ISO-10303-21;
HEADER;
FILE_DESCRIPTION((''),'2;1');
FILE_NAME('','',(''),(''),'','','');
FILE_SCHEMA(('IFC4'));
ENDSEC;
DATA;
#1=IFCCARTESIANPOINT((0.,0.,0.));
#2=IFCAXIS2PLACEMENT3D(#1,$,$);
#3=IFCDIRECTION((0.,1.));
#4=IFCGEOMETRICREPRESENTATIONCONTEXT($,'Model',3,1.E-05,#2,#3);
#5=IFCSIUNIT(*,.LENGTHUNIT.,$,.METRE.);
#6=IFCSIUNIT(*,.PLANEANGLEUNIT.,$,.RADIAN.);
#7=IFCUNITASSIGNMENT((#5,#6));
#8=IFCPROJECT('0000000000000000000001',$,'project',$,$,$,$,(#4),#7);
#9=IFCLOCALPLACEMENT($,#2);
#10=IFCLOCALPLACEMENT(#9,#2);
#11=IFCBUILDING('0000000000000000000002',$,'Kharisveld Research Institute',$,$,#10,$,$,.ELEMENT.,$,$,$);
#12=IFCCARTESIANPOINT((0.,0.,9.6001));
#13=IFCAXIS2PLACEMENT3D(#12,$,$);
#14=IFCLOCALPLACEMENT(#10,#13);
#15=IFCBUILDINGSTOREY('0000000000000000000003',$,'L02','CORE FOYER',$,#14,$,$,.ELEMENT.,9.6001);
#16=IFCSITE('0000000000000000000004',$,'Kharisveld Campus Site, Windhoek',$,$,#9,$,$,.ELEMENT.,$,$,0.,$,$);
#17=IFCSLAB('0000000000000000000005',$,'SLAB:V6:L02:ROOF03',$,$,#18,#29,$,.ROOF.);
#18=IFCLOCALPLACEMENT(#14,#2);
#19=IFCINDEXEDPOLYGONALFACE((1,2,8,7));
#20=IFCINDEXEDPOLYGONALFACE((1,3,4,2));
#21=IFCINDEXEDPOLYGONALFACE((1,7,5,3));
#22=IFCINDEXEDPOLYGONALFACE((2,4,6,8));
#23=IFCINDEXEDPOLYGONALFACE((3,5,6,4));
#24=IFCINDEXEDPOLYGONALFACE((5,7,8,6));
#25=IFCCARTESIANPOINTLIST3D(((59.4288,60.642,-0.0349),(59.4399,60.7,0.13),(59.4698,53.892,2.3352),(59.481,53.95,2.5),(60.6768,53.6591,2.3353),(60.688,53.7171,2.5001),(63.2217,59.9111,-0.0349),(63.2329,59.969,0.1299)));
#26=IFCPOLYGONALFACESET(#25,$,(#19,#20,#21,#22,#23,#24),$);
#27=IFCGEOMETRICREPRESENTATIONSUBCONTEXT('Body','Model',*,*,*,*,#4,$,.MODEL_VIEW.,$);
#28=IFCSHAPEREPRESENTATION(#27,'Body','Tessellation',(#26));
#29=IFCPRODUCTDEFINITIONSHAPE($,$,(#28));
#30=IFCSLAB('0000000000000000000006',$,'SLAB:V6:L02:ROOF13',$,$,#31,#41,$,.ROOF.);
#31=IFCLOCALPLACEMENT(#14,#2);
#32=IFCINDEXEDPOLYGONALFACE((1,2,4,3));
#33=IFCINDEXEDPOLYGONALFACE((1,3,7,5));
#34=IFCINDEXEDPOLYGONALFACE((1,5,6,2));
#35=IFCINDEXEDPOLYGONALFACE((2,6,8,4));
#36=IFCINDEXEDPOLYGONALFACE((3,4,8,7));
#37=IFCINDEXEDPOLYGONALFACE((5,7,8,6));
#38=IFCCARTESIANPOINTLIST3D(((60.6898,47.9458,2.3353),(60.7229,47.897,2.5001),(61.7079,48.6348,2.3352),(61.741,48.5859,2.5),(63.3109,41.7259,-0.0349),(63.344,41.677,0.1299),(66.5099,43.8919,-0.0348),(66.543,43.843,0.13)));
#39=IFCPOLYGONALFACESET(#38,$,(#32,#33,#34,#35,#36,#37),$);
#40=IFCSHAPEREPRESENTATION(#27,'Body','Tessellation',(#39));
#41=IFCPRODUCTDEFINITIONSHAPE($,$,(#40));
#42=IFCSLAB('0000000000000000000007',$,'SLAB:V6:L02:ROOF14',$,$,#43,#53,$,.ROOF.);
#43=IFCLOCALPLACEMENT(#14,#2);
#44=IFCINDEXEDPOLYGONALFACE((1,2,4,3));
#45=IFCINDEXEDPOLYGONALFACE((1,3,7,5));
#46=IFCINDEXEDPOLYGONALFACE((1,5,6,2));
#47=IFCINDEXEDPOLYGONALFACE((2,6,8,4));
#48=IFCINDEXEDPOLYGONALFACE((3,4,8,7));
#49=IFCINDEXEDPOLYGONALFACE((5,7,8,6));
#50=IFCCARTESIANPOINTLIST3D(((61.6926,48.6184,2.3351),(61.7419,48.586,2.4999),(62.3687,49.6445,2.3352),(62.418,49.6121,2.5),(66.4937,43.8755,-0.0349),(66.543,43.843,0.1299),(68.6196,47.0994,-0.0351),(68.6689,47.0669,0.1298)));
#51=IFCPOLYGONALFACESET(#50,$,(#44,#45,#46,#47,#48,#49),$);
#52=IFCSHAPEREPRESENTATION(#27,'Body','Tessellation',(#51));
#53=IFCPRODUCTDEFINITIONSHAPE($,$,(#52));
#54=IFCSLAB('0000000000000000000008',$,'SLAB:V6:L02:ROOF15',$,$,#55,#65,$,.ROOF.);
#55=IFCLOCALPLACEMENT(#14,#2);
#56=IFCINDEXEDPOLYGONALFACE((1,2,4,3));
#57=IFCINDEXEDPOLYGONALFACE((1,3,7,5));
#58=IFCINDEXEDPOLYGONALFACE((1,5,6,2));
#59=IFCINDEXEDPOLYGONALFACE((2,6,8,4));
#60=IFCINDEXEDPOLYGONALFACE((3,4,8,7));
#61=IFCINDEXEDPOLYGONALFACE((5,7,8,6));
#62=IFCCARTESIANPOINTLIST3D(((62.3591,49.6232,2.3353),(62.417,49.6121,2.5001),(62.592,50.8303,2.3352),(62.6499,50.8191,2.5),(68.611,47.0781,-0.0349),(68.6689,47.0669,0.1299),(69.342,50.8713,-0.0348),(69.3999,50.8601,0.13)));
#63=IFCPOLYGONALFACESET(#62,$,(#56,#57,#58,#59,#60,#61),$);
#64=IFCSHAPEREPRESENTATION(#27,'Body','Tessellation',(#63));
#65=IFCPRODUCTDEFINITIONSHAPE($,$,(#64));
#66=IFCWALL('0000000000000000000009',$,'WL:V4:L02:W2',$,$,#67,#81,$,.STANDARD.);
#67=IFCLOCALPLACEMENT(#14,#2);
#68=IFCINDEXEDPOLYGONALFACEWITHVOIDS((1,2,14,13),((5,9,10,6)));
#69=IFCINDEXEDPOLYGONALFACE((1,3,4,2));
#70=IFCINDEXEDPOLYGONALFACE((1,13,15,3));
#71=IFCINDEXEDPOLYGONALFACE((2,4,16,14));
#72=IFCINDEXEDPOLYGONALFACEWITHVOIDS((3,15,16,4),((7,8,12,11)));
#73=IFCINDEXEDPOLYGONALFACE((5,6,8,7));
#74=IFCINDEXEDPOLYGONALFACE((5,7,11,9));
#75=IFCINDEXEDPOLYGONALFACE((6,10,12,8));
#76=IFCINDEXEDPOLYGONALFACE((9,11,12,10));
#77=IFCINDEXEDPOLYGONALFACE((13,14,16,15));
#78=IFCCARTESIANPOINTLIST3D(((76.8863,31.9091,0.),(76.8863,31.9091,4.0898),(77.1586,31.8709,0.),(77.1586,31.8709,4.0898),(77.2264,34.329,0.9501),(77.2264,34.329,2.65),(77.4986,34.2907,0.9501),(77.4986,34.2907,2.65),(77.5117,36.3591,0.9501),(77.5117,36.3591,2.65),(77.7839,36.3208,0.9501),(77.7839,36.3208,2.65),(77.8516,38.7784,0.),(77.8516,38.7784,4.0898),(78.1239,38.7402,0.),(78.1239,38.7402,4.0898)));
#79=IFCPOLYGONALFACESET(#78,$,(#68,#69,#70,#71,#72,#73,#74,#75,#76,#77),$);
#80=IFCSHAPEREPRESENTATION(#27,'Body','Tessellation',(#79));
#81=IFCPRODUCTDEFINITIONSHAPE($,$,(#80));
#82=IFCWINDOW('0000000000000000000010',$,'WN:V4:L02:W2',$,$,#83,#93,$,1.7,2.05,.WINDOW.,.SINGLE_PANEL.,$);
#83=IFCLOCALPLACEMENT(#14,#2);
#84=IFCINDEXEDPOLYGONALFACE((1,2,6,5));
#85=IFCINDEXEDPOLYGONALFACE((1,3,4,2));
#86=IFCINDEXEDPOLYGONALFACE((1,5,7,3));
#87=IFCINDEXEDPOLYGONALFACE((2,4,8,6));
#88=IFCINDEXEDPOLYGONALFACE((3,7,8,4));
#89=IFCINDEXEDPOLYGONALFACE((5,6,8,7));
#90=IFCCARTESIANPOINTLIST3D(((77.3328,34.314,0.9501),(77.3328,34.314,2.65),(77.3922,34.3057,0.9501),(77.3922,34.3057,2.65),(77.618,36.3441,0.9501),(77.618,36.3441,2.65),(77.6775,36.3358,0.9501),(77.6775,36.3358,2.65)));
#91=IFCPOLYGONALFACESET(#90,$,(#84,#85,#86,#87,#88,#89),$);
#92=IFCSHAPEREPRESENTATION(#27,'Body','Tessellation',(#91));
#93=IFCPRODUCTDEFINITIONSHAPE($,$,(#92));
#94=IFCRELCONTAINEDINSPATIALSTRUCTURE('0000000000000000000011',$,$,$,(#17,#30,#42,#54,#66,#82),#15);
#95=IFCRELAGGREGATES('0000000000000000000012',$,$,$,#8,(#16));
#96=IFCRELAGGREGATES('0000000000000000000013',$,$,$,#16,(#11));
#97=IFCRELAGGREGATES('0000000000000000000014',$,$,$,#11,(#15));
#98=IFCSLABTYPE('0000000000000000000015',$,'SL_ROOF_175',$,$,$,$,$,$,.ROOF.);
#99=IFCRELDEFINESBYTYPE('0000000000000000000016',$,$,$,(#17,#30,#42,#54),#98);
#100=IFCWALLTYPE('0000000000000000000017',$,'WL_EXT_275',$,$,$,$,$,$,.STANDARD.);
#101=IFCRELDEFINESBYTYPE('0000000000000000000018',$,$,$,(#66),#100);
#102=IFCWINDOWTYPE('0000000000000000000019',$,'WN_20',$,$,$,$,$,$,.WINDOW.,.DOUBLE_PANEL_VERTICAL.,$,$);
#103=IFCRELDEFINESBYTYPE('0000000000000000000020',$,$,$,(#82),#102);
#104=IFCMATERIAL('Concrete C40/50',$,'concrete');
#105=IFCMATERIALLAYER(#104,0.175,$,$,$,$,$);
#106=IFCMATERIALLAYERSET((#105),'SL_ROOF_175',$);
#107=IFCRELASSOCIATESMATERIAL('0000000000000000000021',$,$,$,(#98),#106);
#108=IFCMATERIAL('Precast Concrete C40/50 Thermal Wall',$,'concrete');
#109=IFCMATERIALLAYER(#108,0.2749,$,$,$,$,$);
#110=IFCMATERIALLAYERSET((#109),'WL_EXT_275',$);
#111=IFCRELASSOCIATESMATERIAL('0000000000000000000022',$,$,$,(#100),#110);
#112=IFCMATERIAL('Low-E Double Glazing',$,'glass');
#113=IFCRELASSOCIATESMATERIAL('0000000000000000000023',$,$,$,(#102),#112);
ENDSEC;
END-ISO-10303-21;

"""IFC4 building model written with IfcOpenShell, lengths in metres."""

from ifc_helpers import new_model, si_unit, direction, frame, frame_2d, origin, place, context, subcontext, project, spatial, polyline, rectangle, outline, extrude, material, layer, layer_set, type_object, element, fill, save


model = new_model("IFC4")

# Units and contexts
model_context = context("Model", 3, precision=1e-05, world=origin(), true_north=direction((0.0, 1.0)))
body_context = subcontext(model_context, "Body", "Model", "MODEL_VIEW")
ifc_project = project(units=[si_unit("LENGTHUNIT", "METRE"), si_unit("PLANEANGLEUNIT", "RADIAN")], contexts=[model_context])

# Site, building, storey
site_placement = place(None, origin())
site = spatial("IfcSite", under=ifc_project, at=site_placement, Name="Kharisveld Campus Site, Windhoek", CompositionType="ELEMENT", RefElevation=0.0)
building_placement = place(site_placement, origin())
building = spatial("IfcBuilding", under=site, at=building_placement, Name="Kharisveld Research Institute", CompositionType="ELEMENT")
storey_placement = place(building_placement, frame((0.0, 0.0, 9.6001)))
storey = spatial("IfcBuildingStorey", under=building, at=storey_placement, Name="L02", Description="CORE FOYER", CompositionType="ELEMENT", Elevation=9.6001)

# Slabs
ifc_material_1 = material(Name="Concrete C40/50", Category="concrete")
ifc_layer_1 = layer(ifc_material_1, 0.175)
ifc_layer_set_1 = layer_set([ifc_layer_1], Name="SL_ROOF_175")
slab_type = type_object("IfcSlabType", Name="SL_ROOF_175", PredefinedType="ROOF", material=ifc_layer_set_1)
slab_1_placement = place(storey_placement, frame((63.2329, 59.969, 0.1299), z_axis=(0.0638, 0.330959, 0.941486), x_axis=(-0.981931, 0.189238, 0.000018)))
element("IfcSlab", 1, at=slab_1_placement, inside=storey, type_object=slab_type, Name="SLAB:V6:L02:ROOF03", PredefinedType="ROOF", context=body_context, shape_type="SweptSolid", body=[
    extrude(outline(polyline([(0.0, 0.0), (3.8628, 0.0), (2.5452, 7.0318), (1.3159, 7.032), (0.0, 0.0)])), origin(), (0.0, 0.0, -1.0), 0.175),
])
slab_2_placement = place(storey_placement, frame((63.344, 41.677, 0.1299), z_axis=(0.188973, -0.279128, 0.941476), x_axis=(0.828046, 0.56066, 0.000019)))
element("IfcSlab", 2, at=slab_2_placement, inside=storey, type_object=slab_type, Name="SLAB:V6:L02:ROOF13", PredefinedType="ROOF", context=body_context, shape_type="SweptSolid", body=[
    extrude(outline(polyline([(0.0, 0.0), (3.8633, 0.0), (2.5462, 7.0312), (1.3169, 7.0314), (0.0, 0.0)])), origin(), (0.0, 0.0, -1.0), 0.175),
])
slab_3_placement = place(storey_placement, frame((66.543, 43.843, 0.1299), z_axis=(0.281439, -0.185551, 0.941468), x_axis=(0.550511, 0.834828, -0.000034)))
element("IfcSlab", 3, at=slab_3_placement, inside=storey, type_object=slab_type, Name="SLAB:V6:L02:ROOF14", PredefinedType="ROOF", context=body_context, shape_type="SweptSolid", body=[
    extrude(outline(polyline([(0.0, 0.0), (3.8618, 0.0), (2.5452, 7.0311), (1.3164, 7.0306), (0.0, 0.0)])), origin(), (0.0, 0.0, -1.0), 0.175),
])
slab_4_placement = place(storey_placement, frame((68.6689, 47.0669, 0.1299), z_axis=(0.330959, -0.063797, 0.941486), x_axis=(0.189227, 0.981933, 0.000019)))
element("IfcSlab", 4, at=slab_4_placement, inside=storey, type_object=slab_type, Name="SLAB:V6:L02:ROOF15", PredefinedType="ROOF", context=body_context, shape_type="SweptSolid", body=[
    extrude(outline(polyline([(0.0, 0.0), (3.863, 0.0), (2.5455, 7.0318), (1.3162, 7.0321), (0.0, 0.0)])), origin(), (0.0, 0.0, -1.0), 0.175),
])

# Wall, opening, window
ifc_material_2 = material(Name="Precast Concrete C40/50 Thermal Wall", Category="concrete")
ifc_layer_2 = layer(ifc_material_2, 0.2749)
ifc_layer_set_2 = layer_set([ifc_layer_2], Name="WL_EXT_275")
wall_type = type_object("IfcWallType", Name="WL_EXT_275", PredefinedType="STANDARD", material=ifc_layer_set_2)
wall_placement = place(storey_placement, frame((77.0225, 31.8901, 0.0), z_axis=(0.0, 0.0, 1.0), x_axis=(0.139159, 0.99027, 0.0)))
wall = element("IfcWall", 5, at=wall_placement, inside=storey, type_object=wall_type, Name="WL:V4:L02:W2", PredefinedType="STANDARD", context=body_context, shape_type="SweptSolid", body=[
    extrude(rectangle(XDim=6.9368, YDim=0.2749, at=frame_2d((3.4683, 0.0))), origin(), (0.0, 0.0, 1.0), 4.0898),
])
opening_placement = place(wall_placement, frame((2.4436, 0.0, 0.95)))
opening = element("IfcOpeningElement", 6, at=opening_placement, cuts=wall, PredefinedType="OPENING", context=body_context, shape_type="SweptSolid", body=[
    extrude(rectangle(XDim=2.05, YDim=1.7, at=frame_2d((1.0249, 0.8501))), frame((0.0, 0.1375, 0.0), z_axis=(0.0, -1.0, 0.0), x_axis=(1.0, 0.0, 0.0)), (0.0, 0.0, 1.0), 0.2749),
])
ifc_material_3 = material(Name="Low-E Double Glazing", Category="glass")
window_type = type_object("IfcWindowType", Name="WN_20", PartitioningType="DOUBLE_PANEL_VERTICAL", PredefinedType="WINDOW", material=ifc_material_3)
window_placement = place(opening_placement, origin())
window = element("IfcWindow", 7, at=window_placement, inside=storey, type_object=window_type, Name="WN:V4:L02:W2", OverallHeight=1.7, OverallWidth=2.05, PartitioningType="SINGLE_PANEL", PredefinedType="WINDOW", context=body_context, shape_type="SweptSolid", body=[
    extrude(rectangle(XDim=2.05, YDim=1.7, at=frame_2d((1.0249, 0.8501))), frame((0.0, 0.03, 0.0), z_axis=(0.0, -1.0, 0.0), x_axis=(1.0, 0.0, 0.0)), (0.0, 0.0, 1.0), 0.0601),
])
fill(opening, window)

save(model, "model.ifc")
